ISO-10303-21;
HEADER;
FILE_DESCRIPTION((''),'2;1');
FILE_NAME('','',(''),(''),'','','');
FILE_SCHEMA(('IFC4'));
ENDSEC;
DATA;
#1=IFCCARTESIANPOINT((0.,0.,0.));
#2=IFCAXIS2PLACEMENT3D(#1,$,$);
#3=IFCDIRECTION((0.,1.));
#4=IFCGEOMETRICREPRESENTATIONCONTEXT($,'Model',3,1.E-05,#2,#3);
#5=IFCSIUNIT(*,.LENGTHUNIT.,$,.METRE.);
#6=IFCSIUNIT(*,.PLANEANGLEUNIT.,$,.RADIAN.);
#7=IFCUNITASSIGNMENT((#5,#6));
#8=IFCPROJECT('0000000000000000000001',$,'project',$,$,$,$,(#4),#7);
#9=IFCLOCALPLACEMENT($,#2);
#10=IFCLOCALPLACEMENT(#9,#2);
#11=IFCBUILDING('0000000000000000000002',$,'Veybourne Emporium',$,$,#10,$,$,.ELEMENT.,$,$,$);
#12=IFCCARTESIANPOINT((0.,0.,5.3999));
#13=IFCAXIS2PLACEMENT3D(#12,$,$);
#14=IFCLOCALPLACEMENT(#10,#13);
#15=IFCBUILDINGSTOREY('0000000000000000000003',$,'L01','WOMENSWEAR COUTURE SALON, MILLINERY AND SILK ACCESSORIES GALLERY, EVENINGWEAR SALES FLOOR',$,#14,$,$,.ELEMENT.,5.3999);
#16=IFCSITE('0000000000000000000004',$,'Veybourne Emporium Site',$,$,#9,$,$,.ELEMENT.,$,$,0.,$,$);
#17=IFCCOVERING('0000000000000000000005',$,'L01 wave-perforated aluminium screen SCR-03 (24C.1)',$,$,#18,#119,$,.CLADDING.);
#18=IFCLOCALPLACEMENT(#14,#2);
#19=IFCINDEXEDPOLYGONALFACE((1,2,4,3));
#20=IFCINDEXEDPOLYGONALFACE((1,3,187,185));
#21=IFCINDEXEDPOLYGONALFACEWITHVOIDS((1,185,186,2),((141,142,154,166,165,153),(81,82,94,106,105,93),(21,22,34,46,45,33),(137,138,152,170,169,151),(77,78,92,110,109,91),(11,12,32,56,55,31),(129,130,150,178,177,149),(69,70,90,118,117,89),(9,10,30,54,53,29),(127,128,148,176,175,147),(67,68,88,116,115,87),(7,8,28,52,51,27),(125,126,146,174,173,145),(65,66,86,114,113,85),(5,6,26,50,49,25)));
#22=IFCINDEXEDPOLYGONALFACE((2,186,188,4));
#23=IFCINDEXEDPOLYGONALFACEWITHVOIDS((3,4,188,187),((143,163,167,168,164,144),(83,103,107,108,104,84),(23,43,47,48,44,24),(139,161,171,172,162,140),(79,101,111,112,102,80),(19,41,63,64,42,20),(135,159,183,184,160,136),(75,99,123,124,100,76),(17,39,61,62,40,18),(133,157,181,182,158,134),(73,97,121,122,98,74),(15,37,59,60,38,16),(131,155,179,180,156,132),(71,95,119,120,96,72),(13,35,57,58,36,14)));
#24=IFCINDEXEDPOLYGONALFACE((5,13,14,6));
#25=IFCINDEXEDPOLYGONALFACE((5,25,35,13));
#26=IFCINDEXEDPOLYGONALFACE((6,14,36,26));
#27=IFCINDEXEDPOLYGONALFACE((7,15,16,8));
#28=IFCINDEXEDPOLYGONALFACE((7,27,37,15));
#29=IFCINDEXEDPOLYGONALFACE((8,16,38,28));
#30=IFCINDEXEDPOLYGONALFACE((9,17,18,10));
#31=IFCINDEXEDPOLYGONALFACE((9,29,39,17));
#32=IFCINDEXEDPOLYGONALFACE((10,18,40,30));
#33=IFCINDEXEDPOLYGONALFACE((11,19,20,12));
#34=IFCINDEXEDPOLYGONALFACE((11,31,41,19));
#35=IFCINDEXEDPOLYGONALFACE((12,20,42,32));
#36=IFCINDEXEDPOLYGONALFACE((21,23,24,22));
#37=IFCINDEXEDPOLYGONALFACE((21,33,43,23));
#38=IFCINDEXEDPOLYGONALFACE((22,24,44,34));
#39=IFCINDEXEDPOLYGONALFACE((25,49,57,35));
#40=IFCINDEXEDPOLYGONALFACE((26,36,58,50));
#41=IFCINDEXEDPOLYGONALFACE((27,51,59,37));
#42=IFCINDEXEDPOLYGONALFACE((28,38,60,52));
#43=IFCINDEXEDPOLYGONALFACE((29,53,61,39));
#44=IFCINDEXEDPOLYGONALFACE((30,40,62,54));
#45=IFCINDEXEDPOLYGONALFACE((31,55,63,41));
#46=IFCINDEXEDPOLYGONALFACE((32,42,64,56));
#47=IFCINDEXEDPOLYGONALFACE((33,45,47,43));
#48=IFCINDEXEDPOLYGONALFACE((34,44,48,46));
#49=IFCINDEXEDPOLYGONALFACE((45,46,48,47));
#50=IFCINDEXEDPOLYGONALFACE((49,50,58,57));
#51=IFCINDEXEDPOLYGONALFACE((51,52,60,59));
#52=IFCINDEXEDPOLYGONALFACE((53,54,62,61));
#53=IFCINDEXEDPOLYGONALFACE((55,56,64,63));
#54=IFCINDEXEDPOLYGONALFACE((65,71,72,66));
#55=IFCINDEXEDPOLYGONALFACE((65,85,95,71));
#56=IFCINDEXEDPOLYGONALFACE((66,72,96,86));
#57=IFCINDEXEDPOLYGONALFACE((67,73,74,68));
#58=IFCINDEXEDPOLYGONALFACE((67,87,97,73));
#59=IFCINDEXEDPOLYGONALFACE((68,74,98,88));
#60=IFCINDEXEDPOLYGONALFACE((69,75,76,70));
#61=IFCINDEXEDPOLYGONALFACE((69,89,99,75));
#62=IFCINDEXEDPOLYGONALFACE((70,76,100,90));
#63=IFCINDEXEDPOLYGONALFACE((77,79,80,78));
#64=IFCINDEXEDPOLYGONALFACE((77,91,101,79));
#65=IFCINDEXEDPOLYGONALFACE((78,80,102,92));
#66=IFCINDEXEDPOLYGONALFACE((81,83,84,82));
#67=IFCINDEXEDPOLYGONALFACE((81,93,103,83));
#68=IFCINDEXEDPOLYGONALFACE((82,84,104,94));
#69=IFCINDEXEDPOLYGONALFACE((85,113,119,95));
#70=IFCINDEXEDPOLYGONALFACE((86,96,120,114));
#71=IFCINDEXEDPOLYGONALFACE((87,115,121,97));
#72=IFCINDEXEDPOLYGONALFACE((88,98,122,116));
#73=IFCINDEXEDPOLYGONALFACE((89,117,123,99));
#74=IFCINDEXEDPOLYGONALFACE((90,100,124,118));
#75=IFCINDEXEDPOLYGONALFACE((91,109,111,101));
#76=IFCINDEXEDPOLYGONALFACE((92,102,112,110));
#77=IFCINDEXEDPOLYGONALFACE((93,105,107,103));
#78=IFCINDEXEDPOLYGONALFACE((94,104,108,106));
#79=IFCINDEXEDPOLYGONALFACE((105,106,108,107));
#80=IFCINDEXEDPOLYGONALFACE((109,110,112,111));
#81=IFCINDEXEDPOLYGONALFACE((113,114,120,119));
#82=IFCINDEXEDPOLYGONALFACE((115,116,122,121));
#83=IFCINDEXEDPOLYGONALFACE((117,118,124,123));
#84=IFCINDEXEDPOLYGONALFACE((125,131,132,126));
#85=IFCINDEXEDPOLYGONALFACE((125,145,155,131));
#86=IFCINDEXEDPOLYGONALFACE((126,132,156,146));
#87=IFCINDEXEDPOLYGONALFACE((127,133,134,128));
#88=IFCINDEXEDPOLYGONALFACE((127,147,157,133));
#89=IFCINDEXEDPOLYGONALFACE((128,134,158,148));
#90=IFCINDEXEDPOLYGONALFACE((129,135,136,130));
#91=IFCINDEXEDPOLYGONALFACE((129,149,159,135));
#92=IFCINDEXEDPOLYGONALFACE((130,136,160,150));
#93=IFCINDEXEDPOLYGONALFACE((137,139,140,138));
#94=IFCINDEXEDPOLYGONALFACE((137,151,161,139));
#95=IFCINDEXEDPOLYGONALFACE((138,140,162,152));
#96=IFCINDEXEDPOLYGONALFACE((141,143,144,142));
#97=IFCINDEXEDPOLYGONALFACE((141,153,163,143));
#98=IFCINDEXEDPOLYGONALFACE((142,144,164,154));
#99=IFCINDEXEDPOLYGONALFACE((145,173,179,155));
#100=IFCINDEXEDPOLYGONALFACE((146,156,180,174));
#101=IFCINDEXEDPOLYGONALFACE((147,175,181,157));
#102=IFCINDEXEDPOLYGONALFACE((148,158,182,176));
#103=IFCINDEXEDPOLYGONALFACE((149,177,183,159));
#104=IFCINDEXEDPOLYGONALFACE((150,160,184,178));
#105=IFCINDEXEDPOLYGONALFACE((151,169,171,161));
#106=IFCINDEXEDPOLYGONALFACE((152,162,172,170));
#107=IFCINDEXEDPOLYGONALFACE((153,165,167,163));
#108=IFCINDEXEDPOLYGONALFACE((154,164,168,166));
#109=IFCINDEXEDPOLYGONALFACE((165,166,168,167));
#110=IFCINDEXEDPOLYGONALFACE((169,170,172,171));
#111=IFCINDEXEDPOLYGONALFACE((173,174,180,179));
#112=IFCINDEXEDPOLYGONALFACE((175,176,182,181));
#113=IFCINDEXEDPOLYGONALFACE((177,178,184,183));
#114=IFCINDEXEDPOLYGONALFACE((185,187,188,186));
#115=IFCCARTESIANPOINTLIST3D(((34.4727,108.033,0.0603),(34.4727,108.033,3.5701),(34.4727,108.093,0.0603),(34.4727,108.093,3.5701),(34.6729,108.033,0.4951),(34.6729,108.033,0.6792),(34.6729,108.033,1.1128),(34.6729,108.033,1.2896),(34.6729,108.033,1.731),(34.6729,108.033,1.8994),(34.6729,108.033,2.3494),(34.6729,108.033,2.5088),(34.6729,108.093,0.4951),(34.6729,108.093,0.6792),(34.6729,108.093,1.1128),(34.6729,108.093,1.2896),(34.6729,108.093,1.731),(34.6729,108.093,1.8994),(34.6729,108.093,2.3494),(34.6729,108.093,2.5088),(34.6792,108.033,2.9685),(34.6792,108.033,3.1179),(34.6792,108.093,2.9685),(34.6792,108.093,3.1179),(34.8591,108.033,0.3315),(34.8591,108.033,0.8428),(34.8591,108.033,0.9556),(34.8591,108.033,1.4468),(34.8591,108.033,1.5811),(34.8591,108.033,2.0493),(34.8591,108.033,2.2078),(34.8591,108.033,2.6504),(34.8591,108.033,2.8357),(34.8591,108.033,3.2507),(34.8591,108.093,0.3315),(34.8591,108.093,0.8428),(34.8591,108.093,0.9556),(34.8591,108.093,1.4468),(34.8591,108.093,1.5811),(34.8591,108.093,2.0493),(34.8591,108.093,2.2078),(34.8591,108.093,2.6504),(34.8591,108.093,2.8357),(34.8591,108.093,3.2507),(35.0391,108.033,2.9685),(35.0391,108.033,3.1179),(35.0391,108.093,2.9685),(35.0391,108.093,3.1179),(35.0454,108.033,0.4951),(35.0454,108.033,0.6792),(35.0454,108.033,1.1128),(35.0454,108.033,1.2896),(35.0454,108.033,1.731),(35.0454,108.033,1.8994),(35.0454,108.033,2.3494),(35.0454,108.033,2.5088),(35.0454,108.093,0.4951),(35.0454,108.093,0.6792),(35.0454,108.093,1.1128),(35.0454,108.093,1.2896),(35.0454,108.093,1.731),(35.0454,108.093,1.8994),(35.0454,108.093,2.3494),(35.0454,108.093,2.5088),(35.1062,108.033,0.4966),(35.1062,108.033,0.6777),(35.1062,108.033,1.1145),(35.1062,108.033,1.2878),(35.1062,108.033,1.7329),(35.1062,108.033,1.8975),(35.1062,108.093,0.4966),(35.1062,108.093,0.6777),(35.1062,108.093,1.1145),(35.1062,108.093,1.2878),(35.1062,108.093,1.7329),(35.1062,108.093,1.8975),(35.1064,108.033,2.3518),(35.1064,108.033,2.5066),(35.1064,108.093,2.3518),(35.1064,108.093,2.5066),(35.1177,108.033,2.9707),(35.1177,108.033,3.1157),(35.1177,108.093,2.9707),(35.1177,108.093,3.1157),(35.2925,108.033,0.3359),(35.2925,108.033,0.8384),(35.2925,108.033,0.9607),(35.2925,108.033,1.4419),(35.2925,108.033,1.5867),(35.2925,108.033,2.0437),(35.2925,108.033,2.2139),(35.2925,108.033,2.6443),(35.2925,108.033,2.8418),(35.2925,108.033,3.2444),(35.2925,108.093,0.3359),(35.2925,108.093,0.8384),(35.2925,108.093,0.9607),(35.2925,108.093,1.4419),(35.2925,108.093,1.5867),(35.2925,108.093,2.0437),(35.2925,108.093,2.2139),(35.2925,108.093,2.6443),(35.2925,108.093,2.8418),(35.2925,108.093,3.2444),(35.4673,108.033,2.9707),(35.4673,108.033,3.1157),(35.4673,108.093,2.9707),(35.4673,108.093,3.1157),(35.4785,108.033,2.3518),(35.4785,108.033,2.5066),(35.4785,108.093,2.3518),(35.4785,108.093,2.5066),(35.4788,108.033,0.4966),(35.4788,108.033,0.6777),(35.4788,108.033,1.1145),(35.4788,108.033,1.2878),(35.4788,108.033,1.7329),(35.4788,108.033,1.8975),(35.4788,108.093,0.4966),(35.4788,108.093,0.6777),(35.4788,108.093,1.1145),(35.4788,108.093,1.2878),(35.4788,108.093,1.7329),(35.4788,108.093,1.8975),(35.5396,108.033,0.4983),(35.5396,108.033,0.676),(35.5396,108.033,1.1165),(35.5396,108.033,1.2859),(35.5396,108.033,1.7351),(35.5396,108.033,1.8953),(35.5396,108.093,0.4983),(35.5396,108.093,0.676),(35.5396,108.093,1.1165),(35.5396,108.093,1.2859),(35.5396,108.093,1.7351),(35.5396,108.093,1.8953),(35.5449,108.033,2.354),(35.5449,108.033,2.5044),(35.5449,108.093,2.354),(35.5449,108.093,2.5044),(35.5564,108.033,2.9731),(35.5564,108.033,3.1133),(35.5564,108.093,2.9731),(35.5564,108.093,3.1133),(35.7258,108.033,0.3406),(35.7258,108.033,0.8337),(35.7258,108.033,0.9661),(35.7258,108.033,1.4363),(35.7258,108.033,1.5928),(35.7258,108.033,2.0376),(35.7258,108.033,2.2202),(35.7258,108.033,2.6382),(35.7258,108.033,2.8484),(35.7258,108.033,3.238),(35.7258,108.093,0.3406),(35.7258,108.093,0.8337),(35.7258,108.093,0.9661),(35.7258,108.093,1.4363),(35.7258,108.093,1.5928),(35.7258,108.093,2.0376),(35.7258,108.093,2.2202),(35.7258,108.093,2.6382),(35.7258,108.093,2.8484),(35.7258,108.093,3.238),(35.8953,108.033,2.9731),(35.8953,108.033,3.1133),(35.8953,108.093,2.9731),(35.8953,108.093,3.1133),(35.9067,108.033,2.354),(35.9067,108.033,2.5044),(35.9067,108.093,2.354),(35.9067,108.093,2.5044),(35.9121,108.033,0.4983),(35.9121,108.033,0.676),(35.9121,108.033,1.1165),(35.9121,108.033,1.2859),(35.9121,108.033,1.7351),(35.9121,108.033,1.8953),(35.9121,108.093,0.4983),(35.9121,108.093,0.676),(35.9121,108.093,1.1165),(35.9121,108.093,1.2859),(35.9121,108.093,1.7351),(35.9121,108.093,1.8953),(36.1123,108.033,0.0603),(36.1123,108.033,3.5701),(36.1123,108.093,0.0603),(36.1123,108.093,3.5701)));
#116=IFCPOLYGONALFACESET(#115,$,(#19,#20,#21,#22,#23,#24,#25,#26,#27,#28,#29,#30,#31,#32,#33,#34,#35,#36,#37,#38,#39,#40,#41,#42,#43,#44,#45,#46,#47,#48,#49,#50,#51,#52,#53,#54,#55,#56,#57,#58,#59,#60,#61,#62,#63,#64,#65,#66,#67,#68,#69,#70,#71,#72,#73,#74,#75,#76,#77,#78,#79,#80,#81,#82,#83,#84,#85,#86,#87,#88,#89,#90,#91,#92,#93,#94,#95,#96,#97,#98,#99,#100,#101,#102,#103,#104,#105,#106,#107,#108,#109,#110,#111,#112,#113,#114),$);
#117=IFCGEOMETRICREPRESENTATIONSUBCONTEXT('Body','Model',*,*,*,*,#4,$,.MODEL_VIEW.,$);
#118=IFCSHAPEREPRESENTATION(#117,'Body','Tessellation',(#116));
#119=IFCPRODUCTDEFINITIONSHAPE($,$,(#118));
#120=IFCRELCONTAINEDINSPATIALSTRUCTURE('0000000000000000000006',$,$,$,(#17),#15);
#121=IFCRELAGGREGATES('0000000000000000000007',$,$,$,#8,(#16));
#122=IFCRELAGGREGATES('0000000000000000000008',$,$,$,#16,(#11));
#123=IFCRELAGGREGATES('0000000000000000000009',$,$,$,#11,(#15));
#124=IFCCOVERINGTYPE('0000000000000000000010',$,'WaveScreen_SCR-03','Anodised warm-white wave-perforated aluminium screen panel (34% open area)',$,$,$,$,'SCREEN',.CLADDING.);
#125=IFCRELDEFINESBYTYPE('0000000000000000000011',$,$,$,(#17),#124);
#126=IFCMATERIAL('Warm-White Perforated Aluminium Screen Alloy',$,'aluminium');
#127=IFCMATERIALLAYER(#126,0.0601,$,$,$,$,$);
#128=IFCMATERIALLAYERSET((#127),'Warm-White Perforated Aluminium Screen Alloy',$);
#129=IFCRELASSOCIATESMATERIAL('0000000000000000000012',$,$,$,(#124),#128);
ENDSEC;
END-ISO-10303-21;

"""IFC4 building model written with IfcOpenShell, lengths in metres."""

from ifc_helpers import new_model, si_unit, direction, frame, origin, place, context, subcontext, project, spatial, polyline, outline, extrude, material, layer, layer_set, type_object, element, save


model = new_model("IFC4")

# Units and contexts
model_context = context("Model", 3, precision=1e-05, world=origin(), true_north=direction((0.0, 1.0)))
body_context = subcontext(model_context, "Body", "Model", "MODEL_VIEW")
ifc_project = project(units=[si_unit("LENGTHUNIT", "METRE"), si_unit("PLANEANGLEUNIT", "RADIAN")], contexts=[model_context])

# Site, building, storey
site_placement = place(None, origin())
site = spatial("IfcSite", under=ifc_project, at=site_placement, Name="Veybourne Emporium Site", CompositionType="ELEMENT", RefElevation=0.0)
building_placement = place(site_placement, origin())
building = spatial("IfcBuilding", under=site, at=building_placement, Name="Veybourne Emporium", CompositionType="ELEMENT")
storey_placement = place(building_placement, frame((0.0, 0.0, 5.3999)))
storey = spatial("IfcBuildingStorey", under=building, at=storey_placement, Name="L01", Description="WOMENSWEAR COUTURE SALON, MILLINERY AND SILK ACCESSORIES GALLERY, EVENINGWEAR SALES FLOOR", CompositionType="ELEMENT", Elevation=5.3999)

# Covering
ifc_material_1 = material(Name="Warm-White Perforated Aluminium Screen Alloy", Category="aluminium")
ifc_layer_1 = layer(ifc_material_1, 0.0601)
ifc_layer_set_1 = layer_set([ifc_layer_1], Name="Warm-White Perforated Aluminium Screen Alloy")
covering_type_1 = type_object("IfcCoveringType", Name="WaveScreen_SCR-03", Description="Anodised warm-white wave-perforated aluminium screen panel (34% open area)", ElementType="SCREEN", PredefinedType="CLADDING", material=ifc_layer_set_1)
covering_1_placement = place(storey_placement, frame((35.2925, 108.093, 1.8152), z_axis=(0.0, -1.0, 0.0), x_axis=(1.0, 0.0, 0.0)))
element("IfcCovering", 1, at=covering_1_placement, inside=storey, type_object=covering_type_1, Name="L01 wave-perforated aluminium screen SCR-03 (24C.1)", PredefinedType="CLADDING", context=body_context, shape_type="SweptSolid", body=[
    extrude(outline(polyline([(-0.8198, -1.7549), (0.8198, -1.7549), (0.8198, 1.7549), (-0.8198, 1.7549), (-0.8198, -1.7549)]), holes=[polyline([(-0.4333, -0.9724), (-0.2471, -1.136), (-0.2471, -1.3201), (-0.4333, -1.4836), (-0.6196, -1.3201), (-0.6196, -1.136), (-0.4333, -0.9724)]), polyline([(-0.4333, -0.3684), (-0.2471, -0.5256), (-0.2471, -0.7024), (-0.4333, -0.8596), (-0.6196, -0.7024), (-0.6196, -0.5256), (-0.4333, -0.3684)]), polyline([(-0.4333, 0.2341), (-0.2471, 0.0842), (-0.2471, -0.0842), (-0.4333, -0.2341), (-0.6196, -0.0842), (-0.6196, 0.0842), (-0.4333, 0.2341)]), polyline([(-0.4333, 0.8352), (-0.2471, 0.6936), (-0.2471, 0.5342), (-0.4333, 0.3926), (-0.6196, 0.5342), (-0.6196, 0.6936), (-0.4333, 0.8352)]), polyline([(-0.4333, 1.4355), (-0.2534, 1.3027), (-0.2534, 1.1533), (-0.4333, 1.0205), (-0.6133, 1.1533), (-0.6133, 1.3027), (-0.4333, 1.4355)]), polyline([(0.0, -0.9768), (0.1863, -1.1375), (0.1863, -1.3186), (0.0, -1.4792), (-0.1863, -1.3186), (-0.1863, -1.1375), (0.0, -0.9768)]), polyline([(0.0, -0.3733), (0.1863, -0.5273), (0.1863, -0.7007), (0.0, -0.8545), (-0.1863, -0.7007), (-0.1863, -0.5273), (0.0, -0.3733)]), polyline([(0.0, 0.2285), (0.1863, 0.0823), (0.1863, -0.0823), (0.0, -0.2285), (-0.1863, -0.0823), (-0.1863, 0.0823), (0.0, 0.2285)]), polyline([(0.0, 0.8291), (0.186, 0.6914), (0.186, 0.5366), (0.0, 0.3987), (-0.186, 0.5366), (-0.186, 0.6914), (0.0, 0.8291)]), polyline([(0.0, 1.4292), (0.1748, 1.3005), (0.1748, 1.1555), (0.0, 1.0266), (-0.1748, 1.1555), (-0.1748, 1.3005), (0.0, 1.4292)]), polyline([(0.4333, -0.9814), (0.6196, -1.1392), (0.6196, -1.3169), (0.4333, -1.4746), (0.2471, -1.3169), (0.2471, -1.1392), (0.4333, -0.9814)]), polyline([(0.4333, -0.3789), (0.6196, -0.5293), (0.6196, -0.6987), (0.4333, -0.8491), (0.2471, -0.6987), (0.2471, -0.5293), (0.4333, -0.3789)]), polyline([(0.4333, 0.2224), (0.6196, 0.0801), (0.6196, -0.0801), (0.4333, -0.2224), (0.2471, -0.0801), (0.2471, 0.0801), (0.4333, 0.2224)]), polyline([(0.4333, 0.823), (0.6143, 0.6892), (0.6143, 0.5388), (0.4333, 0.405), (0.2524, 0.5388), (0.2524, 0.6892), (0.4333, 0.823)]), polyline([(0.4333, 1.4229), (0.6028, 1.2981), (0.6028, 1.158), (0.4333, 1.0332), (0.2639, 1.158), (0.2639, 1.2981), (0.4333, 1.4229)])]), origin(), (0.0, 0.0, 1.0), 0.0601),
])

save(model, "model.ifc")
